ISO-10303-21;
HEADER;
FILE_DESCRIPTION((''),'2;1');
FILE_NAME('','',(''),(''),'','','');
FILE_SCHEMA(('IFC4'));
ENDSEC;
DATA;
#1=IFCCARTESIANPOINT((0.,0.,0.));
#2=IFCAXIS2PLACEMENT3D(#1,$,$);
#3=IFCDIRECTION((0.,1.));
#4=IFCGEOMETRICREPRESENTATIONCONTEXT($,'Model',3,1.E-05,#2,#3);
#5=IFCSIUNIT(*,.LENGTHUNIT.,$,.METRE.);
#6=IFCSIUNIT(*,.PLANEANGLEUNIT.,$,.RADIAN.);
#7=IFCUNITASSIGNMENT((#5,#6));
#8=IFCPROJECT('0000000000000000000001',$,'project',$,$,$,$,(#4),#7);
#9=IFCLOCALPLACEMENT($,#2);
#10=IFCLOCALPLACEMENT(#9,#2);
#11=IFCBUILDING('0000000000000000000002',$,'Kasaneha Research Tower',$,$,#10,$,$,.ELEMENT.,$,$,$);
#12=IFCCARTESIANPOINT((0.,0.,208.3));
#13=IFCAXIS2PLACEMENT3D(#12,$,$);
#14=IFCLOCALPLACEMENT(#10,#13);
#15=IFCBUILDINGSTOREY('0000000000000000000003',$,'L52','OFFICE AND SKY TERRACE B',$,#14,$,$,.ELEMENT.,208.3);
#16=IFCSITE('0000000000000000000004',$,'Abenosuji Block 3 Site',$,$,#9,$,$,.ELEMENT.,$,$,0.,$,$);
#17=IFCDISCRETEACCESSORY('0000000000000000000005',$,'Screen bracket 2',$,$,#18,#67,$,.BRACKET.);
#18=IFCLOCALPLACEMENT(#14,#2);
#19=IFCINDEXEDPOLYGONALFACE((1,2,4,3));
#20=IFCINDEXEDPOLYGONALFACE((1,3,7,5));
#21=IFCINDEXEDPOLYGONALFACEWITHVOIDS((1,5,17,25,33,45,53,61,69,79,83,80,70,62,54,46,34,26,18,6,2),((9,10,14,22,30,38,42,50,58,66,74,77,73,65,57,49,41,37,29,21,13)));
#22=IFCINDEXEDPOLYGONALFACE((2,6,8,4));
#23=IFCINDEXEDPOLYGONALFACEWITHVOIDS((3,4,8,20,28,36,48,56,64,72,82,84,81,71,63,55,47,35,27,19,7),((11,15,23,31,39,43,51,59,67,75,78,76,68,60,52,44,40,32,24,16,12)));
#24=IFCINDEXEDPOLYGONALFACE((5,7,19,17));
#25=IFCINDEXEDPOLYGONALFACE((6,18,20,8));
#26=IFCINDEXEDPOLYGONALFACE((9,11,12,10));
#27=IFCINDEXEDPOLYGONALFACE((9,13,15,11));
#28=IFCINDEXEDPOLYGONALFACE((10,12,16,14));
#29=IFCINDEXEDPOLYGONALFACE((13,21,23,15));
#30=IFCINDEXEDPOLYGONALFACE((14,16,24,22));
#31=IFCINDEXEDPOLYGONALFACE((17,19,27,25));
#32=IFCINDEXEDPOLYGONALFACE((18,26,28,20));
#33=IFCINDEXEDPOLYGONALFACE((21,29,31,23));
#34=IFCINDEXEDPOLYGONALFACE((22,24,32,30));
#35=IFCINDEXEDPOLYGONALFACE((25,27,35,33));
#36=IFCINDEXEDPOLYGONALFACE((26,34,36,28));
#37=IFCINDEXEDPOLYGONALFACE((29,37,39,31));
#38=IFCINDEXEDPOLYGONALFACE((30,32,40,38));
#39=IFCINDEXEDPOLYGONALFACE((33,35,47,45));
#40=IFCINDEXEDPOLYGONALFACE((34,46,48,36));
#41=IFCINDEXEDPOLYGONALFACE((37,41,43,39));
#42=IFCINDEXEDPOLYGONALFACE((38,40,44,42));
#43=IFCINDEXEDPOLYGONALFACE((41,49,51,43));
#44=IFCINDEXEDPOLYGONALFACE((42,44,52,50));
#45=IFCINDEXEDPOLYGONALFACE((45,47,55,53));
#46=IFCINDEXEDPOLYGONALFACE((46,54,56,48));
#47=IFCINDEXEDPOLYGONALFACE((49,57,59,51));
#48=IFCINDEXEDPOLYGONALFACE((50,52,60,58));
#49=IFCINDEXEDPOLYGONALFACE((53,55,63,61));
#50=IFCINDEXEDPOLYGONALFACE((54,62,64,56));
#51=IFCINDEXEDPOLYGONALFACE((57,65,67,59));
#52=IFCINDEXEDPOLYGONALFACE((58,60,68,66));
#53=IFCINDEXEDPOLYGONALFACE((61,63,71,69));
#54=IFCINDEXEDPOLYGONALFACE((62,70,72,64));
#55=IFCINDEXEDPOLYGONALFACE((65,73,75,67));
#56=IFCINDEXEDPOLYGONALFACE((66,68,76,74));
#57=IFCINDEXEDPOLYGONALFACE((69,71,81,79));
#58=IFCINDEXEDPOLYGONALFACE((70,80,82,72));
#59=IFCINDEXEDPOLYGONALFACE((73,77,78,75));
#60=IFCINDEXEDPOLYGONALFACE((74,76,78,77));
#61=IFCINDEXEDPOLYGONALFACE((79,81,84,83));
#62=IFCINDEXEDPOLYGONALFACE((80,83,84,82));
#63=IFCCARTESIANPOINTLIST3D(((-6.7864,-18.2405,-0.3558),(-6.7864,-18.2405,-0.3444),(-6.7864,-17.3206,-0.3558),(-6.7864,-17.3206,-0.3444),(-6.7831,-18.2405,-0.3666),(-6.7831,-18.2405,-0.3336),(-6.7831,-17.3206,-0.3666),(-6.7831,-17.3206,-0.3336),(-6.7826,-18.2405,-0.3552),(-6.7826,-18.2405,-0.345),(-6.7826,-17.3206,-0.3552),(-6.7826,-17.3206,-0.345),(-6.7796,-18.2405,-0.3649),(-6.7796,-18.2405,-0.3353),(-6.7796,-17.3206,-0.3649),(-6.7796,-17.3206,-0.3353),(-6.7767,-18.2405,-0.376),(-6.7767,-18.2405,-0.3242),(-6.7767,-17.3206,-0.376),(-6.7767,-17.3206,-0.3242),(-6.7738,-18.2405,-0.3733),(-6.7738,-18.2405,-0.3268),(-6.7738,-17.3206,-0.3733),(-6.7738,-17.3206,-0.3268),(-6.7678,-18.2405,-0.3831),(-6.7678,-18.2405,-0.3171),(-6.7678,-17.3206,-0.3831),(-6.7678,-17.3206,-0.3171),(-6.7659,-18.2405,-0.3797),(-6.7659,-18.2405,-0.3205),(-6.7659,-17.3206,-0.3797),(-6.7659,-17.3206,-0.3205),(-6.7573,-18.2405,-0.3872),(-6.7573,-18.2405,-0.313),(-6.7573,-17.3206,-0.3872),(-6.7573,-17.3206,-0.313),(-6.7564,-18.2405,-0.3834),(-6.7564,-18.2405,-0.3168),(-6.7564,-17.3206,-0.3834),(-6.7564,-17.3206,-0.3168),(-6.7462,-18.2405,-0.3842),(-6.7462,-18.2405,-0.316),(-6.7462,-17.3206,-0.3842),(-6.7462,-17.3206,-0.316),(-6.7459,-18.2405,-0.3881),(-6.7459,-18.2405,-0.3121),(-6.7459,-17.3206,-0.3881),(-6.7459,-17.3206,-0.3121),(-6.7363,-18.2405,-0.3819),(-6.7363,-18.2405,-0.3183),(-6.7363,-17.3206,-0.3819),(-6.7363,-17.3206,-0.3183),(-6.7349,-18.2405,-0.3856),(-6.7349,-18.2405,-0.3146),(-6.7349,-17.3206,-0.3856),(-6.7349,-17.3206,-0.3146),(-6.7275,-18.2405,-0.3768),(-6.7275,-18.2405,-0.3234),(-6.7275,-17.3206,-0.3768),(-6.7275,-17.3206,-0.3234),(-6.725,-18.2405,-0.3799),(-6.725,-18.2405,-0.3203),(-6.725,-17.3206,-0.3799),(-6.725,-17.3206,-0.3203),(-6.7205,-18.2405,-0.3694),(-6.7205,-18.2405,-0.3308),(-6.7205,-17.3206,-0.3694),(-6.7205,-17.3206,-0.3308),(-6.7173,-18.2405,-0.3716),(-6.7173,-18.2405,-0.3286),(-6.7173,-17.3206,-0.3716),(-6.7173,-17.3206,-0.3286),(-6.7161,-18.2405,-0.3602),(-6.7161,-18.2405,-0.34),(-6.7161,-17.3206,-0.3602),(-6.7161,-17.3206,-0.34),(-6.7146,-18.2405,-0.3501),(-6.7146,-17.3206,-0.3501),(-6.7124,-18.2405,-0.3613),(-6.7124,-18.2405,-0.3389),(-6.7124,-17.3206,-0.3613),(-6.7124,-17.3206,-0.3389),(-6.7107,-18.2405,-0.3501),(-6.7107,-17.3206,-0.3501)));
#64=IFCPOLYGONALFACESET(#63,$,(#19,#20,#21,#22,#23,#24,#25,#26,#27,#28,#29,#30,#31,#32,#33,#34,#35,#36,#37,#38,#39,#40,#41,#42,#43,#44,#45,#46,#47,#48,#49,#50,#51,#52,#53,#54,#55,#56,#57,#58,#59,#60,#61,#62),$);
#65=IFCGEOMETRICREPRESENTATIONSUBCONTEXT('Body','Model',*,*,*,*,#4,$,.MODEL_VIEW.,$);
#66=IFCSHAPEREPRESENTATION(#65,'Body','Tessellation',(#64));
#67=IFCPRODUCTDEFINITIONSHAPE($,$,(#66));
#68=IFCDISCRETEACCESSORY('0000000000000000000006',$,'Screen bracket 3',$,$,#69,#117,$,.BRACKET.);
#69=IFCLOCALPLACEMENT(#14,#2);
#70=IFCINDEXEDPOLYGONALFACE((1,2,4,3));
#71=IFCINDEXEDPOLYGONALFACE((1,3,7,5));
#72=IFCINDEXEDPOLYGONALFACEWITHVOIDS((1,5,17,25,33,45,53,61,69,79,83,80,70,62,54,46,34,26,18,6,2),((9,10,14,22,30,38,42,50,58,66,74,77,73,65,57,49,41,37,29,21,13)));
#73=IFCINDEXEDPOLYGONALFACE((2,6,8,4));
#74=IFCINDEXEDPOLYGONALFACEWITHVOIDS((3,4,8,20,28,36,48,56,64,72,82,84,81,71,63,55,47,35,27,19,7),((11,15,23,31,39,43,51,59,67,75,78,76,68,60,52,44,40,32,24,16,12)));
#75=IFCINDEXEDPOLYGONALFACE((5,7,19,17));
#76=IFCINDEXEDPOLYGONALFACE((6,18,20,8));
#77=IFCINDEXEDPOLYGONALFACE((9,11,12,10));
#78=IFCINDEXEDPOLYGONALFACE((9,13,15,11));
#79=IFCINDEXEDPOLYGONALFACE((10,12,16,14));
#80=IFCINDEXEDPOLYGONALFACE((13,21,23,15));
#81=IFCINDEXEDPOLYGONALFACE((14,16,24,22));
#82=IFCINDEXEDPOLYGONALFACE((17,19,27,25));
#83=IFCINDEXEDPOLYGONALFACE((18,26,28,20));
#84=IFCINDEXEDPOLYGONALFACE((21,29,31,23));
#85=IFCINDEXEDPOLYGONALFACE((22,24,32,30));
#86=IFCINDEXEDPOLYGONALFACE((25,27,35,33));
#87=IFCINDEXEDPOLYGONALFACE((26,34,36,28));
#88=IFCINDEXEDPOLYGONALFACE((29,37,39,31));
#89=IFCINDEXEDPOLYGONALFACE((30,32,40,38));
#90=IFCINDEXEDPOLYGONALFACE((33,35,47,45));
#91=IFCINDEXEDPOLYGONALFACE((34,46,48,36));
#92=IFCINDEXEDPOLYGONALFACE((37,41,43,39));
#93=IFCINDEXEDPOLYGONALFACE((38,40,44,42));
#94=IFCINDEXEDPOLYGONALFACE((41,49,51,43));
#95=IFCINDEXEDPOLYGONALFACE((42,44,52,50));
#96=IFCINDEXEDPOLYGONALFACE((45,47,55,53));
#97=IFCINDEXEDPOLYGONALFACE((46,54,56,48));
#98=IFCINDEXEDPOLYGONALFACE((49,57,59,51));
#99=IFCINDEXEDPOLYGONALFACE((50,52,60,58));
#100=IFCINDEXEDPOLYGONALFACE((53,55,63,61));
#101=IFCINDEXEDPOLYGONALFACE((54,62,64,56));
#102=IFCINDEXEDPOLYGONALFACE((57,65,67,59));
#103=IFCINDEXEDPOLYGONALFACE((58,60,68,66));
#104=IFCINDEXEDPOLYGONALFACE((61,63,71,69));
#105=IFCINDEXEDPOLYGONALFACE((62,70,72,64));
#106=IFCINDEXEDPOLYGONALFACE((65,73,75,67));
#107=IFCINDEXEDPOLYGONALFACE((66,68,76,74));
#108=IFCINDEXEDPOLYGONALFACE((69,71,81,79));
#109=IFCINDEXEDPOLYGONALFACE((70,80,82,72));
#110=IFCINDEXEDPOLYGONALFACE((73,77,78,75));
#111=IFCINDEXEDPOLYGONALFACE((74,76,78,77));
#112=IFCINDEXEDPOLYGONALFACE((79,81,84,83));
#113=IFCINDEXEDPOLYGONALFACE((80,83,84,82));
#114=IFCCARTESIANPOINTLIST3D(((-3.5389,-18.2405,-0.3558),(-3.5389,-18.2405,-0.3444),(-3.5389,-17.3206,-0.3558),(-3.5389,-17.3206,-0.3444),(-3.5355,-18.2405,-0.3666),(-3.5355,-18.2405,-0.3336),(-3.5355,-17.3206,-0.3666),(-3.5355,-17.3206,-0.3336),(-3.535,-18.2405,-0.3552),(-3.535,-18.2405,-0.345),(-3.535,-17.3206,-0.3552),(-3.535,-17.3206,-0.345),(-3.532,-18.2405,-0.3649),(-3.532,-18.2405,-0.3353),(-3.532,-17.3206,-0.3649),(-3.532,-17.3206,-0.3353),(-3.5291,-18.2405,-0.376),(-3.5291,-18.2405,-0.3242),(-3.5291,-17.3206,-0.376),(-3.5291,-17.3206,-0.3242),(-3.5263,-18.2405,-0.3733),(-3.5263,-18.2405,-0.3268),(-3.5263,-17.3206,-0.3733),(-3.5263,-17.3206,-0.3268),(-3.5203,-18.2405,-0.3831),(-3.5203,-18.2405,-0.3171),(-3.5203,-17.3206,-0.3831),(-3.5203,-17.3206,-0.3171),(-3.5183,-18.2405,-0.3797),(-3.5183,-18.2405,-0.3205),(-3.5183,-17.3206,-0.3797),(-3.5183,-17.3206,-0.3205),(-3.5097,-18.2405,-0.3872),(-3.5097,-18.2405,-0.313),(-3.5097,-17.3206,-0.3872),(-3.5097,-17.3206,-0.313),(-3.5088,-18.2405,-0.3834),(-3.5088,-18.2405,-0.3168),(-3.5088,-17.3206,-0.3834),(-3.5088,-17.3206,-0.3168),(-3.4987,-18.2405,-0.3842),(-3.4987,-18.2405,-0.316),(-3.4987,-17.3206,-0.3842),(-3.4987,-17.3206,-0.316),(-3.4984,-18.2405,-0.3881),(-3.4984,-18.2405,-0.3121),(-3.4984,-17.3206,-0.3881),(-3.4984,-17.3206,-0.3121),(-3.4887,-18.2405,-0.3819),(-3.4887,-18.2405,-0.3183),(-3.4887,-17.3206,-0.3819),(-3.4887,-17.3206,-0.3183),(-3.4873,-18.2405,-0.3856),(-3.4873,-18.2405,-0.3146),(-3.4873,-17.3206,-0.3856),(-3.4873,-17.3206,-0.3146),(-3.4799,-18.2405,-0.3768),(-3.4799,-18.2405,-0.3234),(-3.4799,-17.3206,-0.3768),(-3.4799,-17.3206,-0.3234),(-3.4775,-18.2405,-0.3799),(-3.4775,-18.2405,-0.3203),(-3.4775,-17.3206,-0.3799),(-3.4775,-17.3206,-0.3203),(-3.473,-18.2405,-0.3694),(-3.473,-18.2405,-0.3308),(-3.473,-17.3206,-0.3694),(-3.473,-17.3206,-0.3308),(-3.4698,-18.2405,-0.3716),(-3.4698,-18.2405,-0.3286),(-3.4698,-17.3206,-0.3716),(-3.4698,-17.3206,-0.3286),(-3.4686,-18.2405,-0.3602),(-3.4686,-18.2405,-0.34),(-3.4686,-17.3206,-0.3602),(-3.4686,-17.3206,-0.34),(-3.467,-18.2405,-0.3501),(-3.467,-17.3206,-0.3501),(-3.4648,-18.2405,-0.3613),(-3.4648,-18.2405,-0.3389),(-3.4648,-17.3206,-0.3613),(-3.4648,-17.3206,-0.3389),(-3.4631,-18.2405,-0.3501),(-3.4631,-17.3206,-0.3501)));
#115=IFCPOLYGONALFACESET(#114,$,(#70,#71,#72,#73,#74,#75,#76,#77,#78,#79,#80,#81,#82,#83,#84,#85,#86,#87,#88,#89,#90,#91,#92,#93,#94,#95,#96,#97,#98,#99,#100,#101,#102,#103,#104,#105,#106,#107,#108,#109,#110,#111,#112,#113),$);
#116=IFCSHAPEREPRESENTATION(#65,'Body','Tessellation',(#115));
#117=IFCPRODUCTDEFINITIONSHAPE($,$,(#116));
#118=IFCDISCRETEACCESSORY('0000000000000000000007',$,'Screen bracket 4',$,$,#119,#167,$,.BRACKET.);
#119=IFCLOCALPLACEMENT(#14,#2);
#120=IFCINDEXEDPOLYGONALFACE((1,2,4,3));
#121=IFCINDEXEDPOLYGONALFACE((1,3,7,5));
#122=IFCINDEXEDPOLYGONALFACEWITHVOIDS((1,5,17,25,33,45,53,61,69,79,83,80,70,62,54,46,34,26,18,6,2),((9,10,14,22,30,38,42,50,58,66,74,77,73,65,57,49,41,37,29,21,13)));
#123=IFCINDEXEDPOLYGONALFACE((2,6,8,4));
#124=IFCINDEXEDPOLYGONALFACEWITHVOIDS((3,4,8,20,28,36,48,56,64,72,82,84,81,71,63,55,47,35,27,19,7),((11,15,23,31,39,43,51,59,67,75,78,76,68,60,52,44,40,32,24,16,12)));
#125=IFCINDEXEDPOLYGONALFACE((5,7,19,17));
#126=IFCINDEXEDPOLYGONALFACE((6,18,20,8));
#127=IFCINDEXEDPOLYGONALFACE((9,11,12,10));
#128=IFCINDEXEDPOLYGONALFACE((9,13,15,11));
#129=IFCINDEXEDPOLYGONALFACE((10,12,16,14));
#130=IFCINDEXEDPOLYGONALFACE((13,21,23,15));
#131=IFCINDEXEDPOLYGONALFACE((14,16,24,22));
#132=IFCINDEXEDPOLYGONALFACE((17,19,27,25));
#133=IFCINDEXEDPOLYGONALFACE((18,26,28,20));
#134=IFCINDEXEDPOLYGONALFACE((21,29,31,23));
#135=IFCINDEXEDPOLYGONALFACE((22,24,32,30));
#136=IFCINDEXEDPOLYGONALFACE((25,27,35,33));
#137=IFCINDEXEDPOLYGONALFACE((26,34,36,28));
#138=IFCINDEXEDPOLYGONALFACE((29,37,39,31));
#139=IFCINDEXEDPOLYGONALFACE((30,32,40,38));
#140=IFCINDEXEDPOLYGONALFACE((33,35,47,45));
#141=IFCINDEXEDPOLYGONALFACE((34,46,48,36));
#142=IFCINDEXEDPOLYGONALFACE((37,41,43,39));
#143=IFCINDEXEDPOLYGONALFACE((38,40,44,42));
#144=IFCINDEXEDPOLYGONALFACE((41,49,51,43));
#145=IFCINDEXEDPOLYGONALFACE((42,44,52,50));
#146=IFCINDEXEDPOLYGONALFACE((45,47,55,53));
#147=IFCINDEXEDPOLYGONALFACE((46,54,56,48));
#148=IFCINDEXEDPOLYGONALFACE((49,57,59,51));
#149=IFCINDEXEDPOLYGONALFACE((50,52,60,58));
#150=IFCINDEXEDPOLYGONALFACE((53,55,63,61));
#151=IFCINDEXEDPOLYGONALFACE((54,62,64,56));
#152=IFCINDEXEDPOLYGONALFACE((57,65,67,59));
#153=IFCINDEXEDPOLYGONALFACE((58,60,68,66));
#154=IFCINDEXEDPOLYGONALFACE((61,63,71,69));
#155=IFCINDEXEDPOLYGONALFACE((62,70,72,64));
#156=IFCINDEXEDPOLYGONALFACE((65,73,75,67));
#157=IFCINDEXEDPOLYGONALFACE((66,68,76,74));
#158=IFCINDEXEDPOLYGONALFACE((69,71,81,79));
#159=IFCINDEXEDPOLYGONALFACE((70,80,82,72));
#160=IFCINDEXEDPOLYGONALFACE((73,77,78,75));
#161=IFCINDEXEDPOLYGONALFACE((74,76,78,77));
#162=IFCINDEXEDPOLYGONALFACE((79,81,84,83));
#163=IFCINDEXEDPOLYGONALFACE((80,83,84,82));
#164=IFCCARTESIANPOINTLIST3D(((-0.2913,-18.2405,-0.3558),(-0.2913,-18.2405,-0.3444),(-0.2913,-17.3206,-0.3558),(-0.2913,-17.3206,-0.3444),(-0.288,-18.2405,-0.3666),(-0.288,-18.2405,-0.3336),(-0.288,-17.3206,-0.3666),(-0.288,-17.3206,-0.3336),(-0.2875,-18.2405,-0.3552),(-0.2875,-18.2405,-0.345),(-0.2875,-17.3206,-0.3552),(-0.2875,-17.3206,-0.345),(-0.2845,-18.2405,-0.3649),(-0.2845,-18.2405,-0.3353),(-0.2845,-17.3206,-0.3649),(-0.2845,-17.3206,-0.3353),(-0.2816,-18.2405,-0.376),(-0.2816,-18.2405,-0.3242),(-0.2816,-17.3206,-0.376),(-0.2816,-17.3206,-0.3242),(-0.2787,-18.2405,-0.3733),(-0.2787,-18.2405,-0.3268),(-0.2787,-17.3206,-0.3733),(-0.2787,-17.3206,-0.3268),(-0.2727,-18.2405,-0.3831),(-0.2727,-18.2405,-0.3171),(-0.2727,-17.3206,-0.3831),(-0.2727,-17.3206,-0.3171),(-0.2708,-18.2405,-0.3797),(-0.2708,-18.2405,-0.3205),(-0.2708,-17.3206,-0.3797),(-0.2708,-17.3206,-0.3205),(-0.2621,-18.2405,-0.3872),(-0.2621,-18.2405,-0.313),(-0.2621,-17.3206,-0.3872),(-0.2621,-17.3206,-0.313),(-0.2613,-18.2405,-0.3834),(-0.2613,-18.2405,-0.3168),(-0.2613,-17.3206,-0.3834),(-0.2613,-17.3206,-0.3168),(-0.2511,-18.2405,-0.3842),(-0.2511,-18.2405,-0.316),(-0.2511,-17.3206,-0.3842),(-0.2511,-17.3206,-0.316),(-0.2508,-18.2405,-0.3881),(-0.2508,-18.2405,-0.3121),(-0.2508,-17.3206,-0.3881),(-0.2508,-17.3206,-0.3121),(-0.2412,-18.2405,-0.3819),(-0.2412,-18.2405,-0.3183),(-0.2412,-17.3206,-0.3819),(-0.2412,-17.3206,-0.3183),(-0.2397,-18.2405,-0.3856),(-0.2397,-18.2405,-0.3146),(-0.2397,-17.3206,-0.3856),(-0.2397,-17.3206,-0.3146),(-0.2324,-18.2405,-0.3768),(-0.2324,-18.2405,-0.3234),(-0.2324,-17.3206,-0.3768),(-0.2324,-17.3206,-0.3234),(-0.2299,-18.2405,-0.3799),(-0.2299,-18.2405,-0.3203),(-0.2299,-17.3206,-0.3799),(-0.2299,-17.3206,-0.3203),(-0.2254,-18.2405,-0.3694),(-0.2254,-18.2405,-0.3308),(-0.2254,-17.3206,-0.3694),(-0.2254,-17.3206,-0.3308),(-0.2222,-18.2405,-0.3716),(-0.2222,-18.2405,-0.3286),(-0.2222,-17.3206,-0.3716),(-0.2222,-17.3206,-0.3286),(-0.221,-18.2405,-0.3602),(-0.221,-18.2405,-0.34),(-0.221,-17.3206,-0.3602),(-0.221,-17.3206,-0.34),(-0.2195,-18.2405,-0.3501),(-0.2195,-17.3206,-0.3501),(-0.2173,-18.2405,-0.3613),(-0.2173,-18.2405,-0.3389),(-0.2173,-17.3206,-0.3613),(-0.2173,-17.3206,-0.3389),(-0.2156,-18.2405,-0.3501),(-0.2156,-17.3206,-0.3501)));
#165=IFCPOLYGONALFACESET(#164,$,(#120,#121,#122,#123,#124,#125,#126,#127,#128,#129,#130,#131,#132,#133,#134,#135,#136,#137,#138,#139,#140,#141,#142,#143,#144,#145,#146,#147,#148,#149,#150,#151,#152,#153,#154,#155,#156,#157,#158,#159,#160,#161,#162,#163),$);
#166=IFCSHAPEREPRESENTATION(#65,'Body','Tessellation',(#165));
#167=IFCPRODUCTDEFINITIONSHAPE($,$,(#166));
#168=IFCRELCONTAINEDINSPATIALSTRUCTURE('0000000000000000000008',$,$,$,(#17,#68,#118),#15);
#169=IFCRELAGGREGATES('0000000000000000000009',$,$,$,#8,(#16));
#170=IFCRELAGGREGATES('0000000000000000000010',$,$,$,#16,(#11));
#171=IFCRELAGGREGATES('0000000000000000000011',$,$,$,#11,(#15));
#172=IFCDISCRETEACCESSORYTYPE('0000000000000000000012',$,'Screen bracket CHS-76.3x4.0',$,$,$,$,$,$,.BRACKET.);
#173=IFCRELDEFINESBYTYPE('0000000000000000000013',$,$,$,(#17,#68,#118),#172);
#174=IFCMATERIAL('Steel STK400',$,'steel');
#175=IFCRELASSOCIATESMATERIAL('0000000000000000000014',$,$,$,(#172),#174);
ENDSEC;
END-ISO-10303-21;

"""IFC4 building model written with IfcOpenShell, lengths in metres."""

from ifc_helpers import new_model, si_unit, direction, frame, origin, origin_2d, place, context, subcontext, project, spatial, hollow_circle, extrude, material, material_profile, profile_set, type_object, element, save


model = new_model("IFC4")

# Units and contexts
model_context = context("Model", 3, precision=1e-05, world=origin(), true_north=direction((0.0, 1.0)))
body_context = subcontext(model_context, "Body", "Model", "MODEL_VIEW")
ifc_project = project(units=[si_unit("LENGTHUNIT", "METRE"), si_unit("PLANEANGLEUNIT", "RADIAN")], contexts=[model_context])

# Site, building, storey
site_placement = place(None, origin())
site = spatial("IfcSite", under=ifc_project, at=site_placement, Name="Abenosuji Block 3 Site", CompositionType="ELEMENT", RefElevation=0.0)
building_placement = place(site_placement, origin())
building = spatial("IfcBuilding", under=site, at=building_placement, Name="Kasaneha Research Tower", CompositionType="ELEMENT")
storey_placement = place(building_placement, frame((0.0, 0.0, 208.3)))
storey = spatial("IfcBuildingStorey", under=building, at=storey_placement, Name="L52", Description="OFFICE AND SKY TERRACE B", CompositionType="ELEMENT", Elevation=208.3)

# Discrete accessories
ifc_material_1 = material(Name="Steel STK400", Category="steel")
ifc_material_profile_1 = material_profile(ifc_material_1, hollow_circle(Radius=0.0381, WallThickness=0.0039, at=origin_2d()), Name="CHS-76.3x4.0")
ifc_profile_set_1 = profile_set([ifc_material_profile_1], Name="Steel STK400")
discrete_accessory_type = type_object("IfcDiscreteAccessoryType", Name="Screen bracket CHS-76.3x4.0", PredefinedType="BRACKET", material=ifc_profile_set_1)
for number, where, z_axis, x_axis, name in (
    (1, (-6.7488, -17.3206, -0.3501), (0.0, -1.0, 0.0), (1.0, 0.0, 0.0), "Screen bracket 2"),
    (2, (-3.5012, -17.3206, -0.3501), (0.0, -1.0, 0.0), (1.0, 0.0, 0.0), "Screen bracket 3"),
    (3, (-0.2537, -17.3206, -0.3501), (0.0, -1.0, 0.0), (1.0, 0.0, 0.0), "Screen bracket 4"),
):
    element("IfcDiscreteAccessory", number, at=place(storey_placement, frame(where, z_axis=z_axis, x_axis=x_axis)), inside=storey, type_object=discrete_accessory_type, Name=name, PredefinedType="BRACKET", context=body_context, shape_type="SweptSolid", body=[
        extrude(hollow_circle(Radius=0.0381, WallThickness=0.0039, at=origin_2d()), origin(), (0.0, 0.0, 1.0), 0.9199),
    ])

save(model, "model.ifc")
